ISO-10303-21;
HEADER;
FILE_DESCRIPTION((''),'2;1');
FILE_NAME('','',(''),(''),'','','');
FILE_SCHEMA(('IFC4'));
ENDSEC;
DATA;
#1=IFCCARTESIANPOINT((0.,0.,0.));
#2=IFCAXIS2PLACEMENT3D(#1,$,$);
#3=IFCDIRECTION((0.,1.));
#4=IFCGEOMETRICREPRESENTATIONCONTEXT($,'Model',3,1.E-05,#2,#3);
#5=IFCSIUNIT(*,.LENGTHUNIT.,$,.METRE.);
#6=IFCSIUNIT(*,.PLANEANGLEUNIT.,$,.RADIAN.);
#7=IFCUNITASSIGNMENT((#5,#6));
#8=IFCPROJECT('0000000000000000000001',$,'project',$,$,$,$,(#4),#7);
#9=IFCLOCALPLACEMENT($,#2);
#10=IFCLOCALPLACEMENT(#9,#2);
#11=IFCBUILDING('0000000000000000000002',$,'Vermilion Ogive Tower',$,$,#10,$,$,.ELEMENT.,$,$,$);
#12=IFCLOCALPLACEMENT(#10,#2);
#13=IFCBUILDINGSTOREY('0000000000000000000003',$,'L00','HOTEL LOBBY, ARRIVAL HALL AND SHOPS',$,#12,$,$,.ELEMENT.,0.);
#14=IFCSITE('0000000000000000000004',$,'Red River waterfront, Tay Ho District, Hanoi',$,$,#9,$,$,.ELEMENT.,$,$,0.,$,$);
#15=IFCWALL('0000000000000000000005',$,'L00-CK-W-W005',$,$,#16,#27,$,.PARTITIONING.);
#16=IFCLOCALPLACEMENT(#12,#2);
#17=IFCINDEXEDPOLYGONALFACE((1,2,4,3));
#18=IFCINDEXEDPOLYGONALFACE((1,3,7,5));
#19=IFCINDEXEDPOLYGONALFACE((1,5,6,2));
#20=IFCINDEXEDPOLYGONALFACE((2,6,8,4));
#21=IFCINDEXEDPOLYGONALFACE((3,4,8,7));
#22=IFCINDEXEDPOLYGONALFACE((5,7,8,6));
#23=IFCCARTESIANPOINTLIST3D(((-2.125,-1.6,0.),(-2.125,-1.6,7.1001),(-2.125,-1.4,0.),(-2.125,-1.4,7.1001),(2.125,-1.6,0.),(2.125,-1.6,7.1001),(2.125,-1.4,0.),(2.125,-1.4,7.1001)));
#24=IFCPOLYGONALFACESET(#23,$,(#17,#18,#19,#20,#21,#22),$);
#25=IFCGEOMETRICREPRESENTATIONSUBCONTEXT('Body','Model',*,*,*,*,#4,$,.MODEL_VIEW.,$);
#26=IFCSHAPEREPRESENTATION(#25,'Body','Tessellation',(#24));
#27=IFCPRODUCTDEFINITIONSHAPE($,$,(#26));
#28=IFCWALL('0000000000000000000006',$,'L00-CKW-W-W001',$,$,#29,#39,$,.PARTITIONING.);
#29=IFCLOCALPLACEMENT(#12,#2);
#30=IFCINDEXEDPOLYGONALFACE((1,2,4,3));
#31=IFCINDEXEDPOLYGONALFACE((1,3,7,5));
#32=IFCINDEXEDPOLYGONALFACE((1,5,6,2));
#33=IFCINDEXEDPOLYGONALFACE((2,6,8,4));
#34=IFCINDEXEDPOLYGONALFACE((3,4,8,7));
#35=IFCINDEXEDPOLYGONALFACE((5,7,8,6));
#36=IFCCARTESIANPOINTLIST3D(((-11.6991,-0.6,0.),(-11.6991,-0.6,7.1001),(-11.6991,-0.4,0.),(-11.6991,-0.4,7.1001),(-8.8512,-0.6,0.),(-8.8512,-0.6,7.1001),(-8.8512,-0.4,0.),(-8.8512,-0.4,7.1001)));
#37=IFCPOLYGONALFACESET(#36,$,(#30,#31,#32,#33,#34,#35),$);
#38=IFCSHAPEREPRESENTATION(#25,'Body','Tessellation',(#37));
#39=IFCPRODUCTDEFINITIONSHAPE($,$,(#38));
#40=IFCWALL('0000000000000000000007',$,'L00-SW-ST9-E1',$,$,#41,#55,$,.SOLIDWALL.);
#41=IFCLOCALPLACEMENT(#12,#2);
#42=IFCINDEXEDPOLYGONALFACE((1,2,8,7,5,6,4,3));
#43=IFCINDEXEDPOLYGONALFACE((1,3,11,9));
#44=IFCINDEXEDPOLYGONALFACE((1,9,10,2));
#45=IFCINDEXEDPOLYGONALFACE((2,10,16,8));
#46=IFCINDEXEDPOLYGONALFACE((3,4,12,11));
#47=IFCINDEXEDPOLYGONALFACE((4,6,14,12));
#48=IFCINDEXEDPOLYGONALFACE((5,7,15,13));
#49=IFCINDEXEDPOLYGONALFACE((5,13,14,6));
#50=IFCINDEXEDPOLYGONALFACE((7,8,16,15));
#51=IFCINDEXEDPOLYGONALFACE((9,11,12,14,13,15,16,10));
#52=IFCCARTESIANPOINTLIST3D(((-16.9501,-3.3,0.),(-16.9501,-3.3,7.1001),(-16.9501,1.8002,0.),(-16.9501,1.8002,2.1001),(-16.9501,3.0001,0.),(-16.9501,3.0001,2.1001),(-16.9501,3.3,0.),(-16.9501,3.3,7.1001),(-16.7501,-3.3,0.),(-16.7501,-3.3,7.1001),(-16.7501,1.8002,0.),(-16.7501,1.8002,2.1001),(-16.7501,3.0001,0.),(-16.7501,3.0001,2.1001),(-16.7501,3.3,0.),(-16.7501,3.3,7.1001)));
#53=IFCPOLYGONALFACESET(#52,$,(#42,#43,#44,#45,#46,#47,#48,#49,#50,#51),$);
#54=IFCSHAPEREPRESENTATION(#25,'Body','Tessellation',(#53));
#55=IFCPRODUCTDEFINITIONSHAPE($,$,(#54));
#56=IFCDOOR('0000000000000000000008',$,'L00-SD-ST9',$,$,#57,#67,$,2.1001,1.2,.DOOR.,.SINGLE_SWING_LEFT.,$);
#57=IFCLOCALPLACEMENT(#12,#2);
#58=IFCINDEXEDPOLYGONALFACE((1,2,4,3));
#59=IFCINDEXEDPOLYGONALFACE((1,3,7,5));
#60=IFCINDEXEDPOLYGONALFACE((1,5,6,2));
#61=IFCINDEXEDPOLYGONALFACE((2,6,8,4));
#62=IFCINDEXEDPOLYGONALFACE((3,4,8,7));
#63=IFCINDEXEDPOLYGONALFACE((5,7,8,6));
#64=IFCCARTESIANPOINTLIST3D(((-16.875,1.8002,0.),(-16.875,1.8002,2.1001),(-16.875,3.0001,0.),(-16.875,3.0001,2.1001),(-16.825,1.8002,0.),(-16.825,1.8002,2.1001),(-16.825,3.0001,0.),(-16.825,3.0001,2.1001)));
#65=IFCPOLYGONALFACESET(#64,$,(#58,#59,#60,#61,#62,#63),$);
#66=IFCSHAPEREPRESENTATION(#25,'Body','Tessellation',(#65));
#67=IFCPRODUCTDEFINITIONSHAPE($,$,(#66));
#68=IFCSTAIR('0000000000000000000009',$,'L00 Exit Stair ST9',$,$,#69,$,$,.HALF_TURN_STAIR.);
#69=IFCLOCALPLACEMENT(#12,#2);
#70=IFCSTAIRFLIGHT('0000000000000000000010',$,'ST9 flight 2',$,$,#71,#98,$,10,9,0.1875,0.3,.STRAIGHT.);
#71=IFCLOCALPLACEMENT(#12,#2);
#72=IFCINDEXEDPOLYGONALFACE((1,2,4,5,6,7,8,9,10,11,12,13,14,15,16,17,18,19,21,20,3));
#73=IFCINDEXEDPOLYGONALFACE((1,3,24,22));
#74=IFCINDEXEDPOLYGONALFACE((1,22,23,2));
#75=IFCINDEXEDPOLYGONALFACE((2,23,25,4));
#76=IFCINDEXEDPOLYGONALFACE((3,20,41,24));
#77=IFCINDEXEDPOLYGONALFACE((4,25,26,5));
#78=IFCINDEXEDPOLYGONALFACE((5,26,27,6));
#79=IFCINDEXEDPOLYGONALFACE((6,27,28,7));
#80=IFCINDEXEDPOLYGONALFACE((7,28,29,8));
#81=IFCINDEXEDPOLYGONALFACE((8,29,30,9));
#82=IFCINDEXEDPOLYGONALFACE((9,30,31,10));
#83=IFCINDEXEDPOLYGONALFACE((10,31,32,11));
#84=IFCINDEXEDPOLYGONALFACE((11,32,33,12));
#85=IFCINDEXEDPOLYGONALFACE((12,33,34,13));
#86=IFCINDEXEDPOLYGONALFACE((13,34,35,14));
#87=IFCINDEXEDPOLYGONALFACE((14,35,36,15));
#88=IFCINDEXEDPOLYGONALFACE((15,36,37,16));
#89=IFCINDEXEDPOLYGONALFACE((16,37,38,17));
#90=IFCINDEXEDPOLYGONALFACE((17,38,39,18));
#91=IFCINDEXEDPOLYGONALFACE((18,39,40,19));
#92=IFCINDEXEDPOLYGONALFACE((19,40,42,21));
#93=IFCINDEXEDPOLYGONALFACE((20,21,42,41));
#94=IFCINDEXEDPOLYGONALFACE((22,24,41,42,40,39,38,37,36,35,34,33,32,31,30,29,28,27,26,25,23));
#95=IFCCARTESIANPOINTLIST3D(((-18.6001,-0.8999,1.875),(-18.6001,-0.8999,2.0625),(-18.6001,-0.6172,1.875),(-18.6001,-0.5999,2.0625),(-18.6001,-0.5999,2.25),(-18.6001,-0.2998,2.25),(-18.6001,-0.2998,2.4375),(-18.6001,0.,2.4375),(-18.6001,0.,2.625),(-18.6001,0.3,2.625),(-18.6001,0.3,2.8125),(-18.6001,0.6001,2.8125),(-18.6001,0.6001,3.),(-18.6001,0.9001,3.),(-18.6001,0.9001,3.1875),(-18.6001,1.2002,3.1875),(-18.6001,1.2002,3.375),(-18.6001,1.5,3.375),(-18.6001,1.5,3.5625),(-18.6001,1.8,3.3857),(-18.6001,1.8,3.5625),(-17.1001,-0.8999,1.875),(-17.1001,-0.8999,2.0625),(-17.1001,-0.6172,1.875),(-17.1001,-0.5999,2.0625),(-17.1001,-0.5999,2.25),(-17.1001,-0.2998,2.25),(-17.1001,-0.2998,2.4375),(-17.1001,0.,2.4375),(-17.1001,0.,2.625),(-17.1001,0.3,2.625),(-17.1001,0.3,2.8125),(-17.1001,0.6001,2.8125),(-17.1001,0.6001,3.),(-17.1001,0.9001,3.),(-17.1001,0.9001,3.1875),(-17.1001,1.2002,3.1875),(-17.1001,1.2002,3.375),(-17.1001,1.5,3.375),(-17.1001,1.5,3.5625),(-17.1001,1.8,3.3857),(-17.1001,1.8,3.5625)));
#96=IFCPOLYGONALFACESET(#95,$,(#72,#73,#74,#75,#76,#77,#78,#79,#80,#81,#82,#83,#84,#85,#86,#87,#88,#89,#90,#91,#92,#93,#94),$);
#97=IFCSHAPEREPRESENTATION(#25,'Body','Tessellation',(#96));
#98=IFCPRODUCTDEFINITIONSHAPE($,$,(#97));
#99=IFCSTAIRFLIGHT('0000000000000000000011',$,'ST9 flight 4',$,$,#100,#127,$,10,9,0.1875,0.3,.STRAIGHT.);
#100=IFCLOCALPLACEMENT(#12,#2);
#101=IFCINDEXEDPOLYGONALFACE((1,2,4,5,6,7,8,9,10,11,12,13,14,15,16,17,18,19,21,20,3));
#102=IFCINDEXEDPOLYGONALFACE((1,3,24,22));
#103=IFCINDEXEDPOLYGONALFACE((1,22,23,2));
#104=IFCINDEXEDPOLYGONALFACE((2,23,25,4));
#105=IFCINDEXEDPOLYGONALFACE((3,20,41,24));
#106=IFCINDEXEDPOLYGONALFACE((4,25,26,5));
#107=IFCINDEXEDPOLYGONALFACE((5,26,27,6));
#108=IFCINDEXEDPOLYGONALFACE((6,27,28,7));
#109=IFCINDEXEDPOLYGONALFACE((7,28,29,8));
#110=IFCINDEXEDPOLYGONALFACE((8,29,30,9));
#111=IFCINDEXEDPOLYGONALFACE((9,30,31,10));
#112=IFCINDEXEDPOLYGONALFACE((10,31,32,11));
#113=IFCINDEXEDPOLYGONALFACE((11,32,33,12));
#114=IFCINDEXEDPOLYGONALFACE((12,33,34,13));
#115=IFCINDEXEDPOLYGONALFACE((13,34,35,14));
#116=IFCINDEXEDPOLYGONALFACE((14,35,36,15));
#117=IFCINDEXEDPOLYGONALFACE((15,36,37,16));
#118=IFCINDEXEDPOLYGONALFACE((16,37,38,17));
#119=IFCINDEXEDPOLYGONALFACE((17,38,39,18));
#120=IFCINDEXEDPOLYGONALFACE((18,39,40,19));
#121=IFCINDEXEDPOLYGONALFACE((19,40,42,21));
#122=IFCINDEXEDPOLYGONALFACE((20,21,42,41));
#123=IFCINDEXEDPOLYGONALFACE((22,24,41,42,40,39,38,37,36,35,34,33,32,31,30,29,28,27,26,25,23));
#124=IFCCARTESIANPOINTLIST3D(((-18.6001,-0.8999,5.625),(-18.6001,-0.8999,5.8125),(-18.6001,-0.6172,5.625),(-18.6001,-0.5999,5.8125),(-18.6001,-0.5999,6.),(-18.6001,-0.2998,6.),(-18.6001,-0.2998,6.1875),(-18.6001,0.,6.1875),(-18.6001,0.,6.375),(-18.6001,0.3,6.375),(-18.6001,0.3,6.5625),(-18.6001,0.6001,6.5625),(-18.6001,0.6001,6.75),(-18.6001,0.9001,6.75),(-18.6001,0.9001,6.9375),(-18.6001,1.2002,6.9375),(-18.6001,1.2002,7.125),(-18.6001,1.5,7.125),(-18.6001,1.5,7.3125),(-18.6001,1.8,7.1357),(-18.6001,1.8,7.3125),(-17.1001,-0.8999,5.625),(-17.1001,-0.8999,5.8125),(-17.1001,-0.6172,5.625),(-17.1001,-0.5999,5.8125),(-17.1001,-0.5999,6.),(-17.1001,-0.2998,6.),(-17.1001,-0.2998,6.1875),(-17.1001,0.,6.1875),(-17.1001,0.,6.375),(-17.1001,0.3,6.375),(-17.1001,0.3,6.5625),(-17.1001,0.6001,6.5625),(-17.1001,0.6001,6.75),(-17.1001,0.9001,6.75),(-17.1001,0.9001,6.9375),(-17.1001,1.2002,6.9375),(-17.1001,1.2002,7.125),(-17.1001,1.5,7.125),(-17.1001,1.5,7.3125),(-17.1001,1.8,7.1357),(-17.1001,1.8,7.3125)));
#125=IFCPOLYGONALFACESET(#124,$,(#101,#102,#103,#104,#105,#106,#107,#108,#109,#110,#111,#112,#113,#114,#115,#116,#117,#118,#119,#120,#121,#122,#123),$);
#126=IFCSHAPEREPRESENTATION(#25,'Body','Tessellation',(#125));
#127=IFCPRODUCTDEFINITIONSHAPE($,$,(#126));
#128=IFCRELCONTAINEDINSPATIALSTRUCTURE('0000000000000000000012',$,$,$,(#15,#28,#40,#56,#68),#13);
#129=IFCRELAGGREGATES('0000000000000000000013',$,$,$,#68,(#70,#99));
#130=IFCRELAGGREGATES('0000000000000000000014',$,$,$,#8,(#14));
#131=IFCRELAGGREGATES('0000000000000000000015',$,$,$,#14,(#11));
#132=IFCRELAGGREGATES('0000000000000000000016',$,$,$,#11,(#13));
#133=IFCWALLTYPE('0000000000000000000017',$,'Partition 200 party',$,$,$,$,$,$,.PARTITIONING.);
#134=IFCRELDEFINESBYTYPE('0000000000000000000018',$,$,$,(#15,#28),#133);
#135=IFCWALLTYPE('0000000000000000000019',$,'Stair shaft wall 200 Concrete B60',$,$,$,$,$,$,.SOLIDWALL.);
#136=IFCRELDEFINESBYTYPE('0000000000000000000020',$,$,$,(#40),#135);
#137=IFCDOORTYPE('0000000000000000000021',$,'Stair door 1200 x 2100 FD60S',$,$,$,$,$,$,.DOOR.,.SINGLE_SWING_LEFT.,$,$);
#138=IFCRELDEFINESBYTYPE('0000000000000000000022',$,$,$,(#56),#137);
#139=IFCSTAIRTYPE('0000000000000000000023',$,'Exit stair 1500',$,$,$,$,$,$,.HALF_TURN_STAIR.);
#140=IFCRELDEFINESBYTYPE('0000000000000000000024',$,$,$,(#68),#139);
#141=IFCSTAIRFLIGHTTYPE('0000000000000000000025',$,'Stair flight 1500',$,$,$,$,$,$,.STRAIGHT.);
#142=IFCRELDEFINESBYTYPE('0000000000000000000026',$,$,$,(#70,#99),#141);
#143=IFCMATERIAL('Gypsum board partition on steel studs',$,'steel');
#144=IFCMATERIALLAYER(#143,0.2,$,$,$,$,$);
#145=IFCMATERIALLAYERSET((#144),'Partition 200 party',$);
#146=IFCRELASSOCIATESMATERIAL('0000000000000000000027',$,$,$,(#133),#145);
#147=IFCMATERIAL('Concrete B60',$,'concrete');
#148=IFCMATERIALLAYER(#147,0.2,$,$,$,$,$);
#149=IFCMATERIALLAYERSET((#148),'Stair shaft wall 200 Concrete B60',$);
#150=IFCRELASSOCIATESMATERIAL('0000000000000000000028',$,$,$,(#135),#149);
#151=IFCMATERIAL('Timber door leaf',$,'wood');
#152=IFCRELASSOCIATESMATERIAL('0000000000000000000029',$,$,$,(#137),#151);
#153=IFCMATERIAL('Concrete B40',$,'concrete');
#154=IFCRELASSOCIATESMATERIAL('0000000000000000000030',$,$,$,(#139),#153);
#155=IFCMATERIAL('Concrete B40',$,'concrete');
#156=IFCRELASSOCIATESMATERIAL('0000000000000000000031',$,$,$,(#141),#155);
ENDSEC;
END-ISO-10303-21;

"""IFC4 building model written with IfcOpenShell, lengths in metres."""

from ifc_helpers import new_model, si_unit, direction, frame, frame_2d, origin, place, context, subcontext, project, spatial, polyline, rectangle, outline, extrude, material, layer, layer_set, type_object, element, fill, aggregate, save


model = new_model("IFC4")

# Units and contexts
model_context = context("Model", 3, precision=1e-05, world=origin(), true_north=direction((0.0, 1.0)))
body_context = subcontext(model_context, "Body", "Model", "MODEL_VIEW")
ifc_project = project(units=[si_unit("LENGTHUNIT", "METRE"), si_unit("PLANEANGLEUNIT", "RADIAN")], contexts=[model_context])

# Site, building, storey
site_placement = place(None, origin())
site = spatial("IfcSite", under=ifc_project, at=site_placement, Name="Red River waterfront, Tay Ho District, Hanoi", CompositionType="ELEMENT", RefElevation=0.0)
building_placement = place(site_placement, origin())
building = spatial("IfcBuilding", under=site, at=building_placement, Name="Vermilion Ogive Tower", CompositionType="ELEMENT")
storey_placement = place(building_placement, origin())
storey = spatial("IfcBuildingStorey", under=building, at=storey_placement, Name="L00", Description="HOTEL LOBBY, ARRIVAL HALL AND SHOPS", CompositionType="ELEMENT", Elevation=0.0)

# Walls
ifc_material_1 = material(Name="Gypsum board partition on steel studs", Category="steel")
ifc_layer_1 = layer(ifc_material_1, 0.2)
ifc_layer_set_1 = layer_set([ifc_layer_1], Name="Partition 200 party")
wall_type_1 = type_object("IfcWallType", Name="Partition 200 party", PredefinedType="PARTITIONING", material=ifc_layer_set_1)
wall_1_placement = place(storey_placement, frame((-2.125, -1.5, 0.0), z_axis=(0.0, 0.0, 1.0), x_axis=(1.0, 0.0, 0.0)))
element("IfcWall", 1, at=wall_1_placement, inside=storey, type_object=wall_type_1, Name="L00-CK-W-W005", PredefinedType="PARTITIONING", context=body_context, shape_type="SweptSolid", body=[
    extrude(rectangle(XDim=4.25, YDim=0.2, at=frame_2d((2.125, 0.0))), origin(), (0.0, 0.0, 1.0), 7.1001),
])
wall_2_placement = place(storey_placement, frame((-11.699, -0.5, 0.0), z_axis=(0.0, 0.0, 1.0), x_axis=(1.0, 0.0, 0.0)))
element("IfcWall", 2, at=wall_2_placement, inside=storey, type_object=wall_type_1, Name="L00-CKW-W-W001", PredefinedType="PARTITIONING", context=body_context, shape_type="SweptSolid", body=[
    extrude(rectangle(XDim=2.8479, YDim=0.2, at=frame_2d((1.4238, 0.0))), origin(), (0.0, 0.0, 1.0), 7.1001),
])

# Wall, opening, door
ifc_material_2 = material(Name="Concrete B60", Category="concrete")
ifc_layer_2 = layer(ifc_material_2, 0.2)
ifc_layer_set_2 = layer_set([ifc_layer_2], Name="Stair shaft wall 200 Concrete B60")
wall_type_2 = type_object("IfcWallType", Name="Stair shaft wall 200 Concrete B60", PredefinedType="SOLIDWALL", material=ifc_layer_set_2)
wall_3_placement = place(storey_placement, frame((-16.8501, -3.3, 0.0), z_axis=(0.0, 0.0, 1.0), x_axis=(0.0, 1.0, 0.0)))
wall_3 = element("IfcWall", 3, at=wall_3_placement, inside=storey, type_object=wall_type_2, Name="L00-SW-ST9-E1", PredefinedType="SOLIDWALL", context=body_context, shape_type="SweptSolid", body=[
    extrude(rectangle(XDim=6.6001, YDim=0.2, at=frame_2d((3.3, 0.0))), origin(), (0.0, 0.0, 1.0), 7.1001),
])
opening_placement = place(wall_3_placement, frame((5.1001, 0.0, 0.0)))
opening = element("IfcOpeningElement", 4, at=opening_placement, cuts=wall_3, PredefinedType="OPENING", context=body_context, shape_type="SweptSolid", body=[
    extrude(rectangle(XDim=1.2, YDim=2.1001, at=frame_2d((0.6001, 1.05))), frame((0.0, 0.1099, 0.0), z_axis=(0.0, -1.0, 0.0), x_axis=(1.0, 0.0, 0.0)), (0.0, 0.0, 1.0), 0.22),
])
ifc_material_3 = material(Name="Timber door leaf", Category="wood")
door_type = type_object("IfcDoorType", Name="Stair door 1200 x 2100 FD60S", OperationType="SINGLE_SWING_LEFT", PredefinedType="DOOR", material=ifc_material_3)
door_placement = place(opening_placement, origin())
door = element("IfcDoor", 5, at=door_placement, inside=storey, type_object=door_type, Name="L00-SD-ST9", OperationType="SINGLE_SWING_LEFT", OverallHeight=2.1001, OverallWidth=1.2, PredefinedType="DOOR", context=body_context, shape_type="SweptSolid", body=[
    extrude(rectangle(XDim=1.2, YDim=2.1001, at=frame_2d((0.6001, 1.05))), frame((0.0, 0.0249, 0.0), z_axis=(0.0, -1.0, 0.0), x_axis=(1.0, 0.0, 0.0)), (0.0, 0.0, 1.0), 0.05),
])
fill(opening, door)

# Stair, stair flights
ifc_material_4 = material(Name="Concrete B40", Category="concrete")
stair_type = type_object("IfcStairType", Name="Exit stair 1500", PredefinedType="HALF_TURN_STAIR", material=ifc_material_4)
stair_placement = place(storey_placement, origin())
stair = element("IfcStair", 6, at=stair_placement, inside=storey, type_object=stair_type, Name="L00 Exit Stair ST9", PredefinedType="HALF_TURN_STAIR")
ifc_material_5 = material(Name="Concrete B40", Category="concrete")
stair_flight_type = type_object("IfcStairFlightType", Name="Stair flight 1500", PredefinedType="STRAIGHT", material=ifc_material_5)
stair_flight_1_placement = place(storey_placement, frame((-17.8501, -0.8999, 1.875), z_axis=(0.0, 0.0, 1.0), x_axis=(0.0, 1.0, 0.0)))
stair_flight_1 = element("IfcStairFlight", 7, at=stair_flight_1_placement, type_object=stair_flight_type, Name="ST9 flight 2", NumberOfRisers=10, NumberOfTreads=9, PredefinedType="STRAIGHT", RiserHeight=0.1875, TreadLength=0.3, context=body_context, shape_type="SweptSolid", body=[
    extrude(outline(polyline([(0.0, 0.0), (0.0, 0.1875), (0.3, 0.1875), (0.3, 0.375), (0.6001, 0.375), (0.6001, 0.5625), (0.8999, 0.5625), (0.8999, 0.75), (1.2, 0.75), (1.2, 0.9375), (1.5, 0.9375), (1.5, 1.125), (1.8, 1.125), (1.8, 1.3125), (2.1001, 1.3125), (2.1001, 1.5), (2.3999, 1.5), (2.3999, 1.6875), (2.7, 1.6875), (2.7, 1.875), (2.7, 1.5107), (0.2827, 0.0), (0.0, 0.0)])), frame((0.0, 0.75, 0.0), z_axis=(0.0, -1.0, 0.0), x_axis=(1.0, 0.0, 0.0)), (0.0, 0.0, 1.0), 1.5),
])
stair_flight_2_placement = place(storey_placement, frame((-17.8501, -0.8999, 5.625), z_axis=(0.0, 0.0, 1.0), x_axis=(0.0, 1.0, 0.0)))
stair_flight_2 = element("IfcStairFlight", 8, at=stair_flight_2_placement, type_object=stair_flight_type, Name="ST9 flight 4", NumberOfRisers=10, NumberOfTreads=9, PredefinedType="STRAIGHT", RiserHeight=0.1875, TreadLength=0.3, context=body_context, shape_type="SweptSolid", body=[
    extrude(outline(polyline([(0.0, 0.0), (0.0, 0.1875), (0.3, 0.1875), (0.3, 0.375), (0.6001, 0.375), (0.6001, 0.5625), (0.8999, 0.5625), (0.8999, 0.75), (1.2, 0.75), (1.2, 0.9375), (1.5, 0.9375), (1.5, 1.125), (1.8, 1.125), (1.8, 1.3125), (2.1001, 1.3125), (2.1001, 1.5), (2.3999, 1.5), (2.3999, 1.6875), (2.7, 1.6875), (2.7, 1.875), (2.7, 1.5107), (0.2827, 0.0), (0.0, 0.0)])), frame((0.0, 0.75, 0.0), z_axis=(0.0, -1.0, 0.0), x_axis=(1.0, 0.0, 0.0)), (0.0, 0.0, 1.0), 1.5),
])
aggregate(stair, [stair_flight_1, stair_flight_2])

save(model, "model.ifc")
